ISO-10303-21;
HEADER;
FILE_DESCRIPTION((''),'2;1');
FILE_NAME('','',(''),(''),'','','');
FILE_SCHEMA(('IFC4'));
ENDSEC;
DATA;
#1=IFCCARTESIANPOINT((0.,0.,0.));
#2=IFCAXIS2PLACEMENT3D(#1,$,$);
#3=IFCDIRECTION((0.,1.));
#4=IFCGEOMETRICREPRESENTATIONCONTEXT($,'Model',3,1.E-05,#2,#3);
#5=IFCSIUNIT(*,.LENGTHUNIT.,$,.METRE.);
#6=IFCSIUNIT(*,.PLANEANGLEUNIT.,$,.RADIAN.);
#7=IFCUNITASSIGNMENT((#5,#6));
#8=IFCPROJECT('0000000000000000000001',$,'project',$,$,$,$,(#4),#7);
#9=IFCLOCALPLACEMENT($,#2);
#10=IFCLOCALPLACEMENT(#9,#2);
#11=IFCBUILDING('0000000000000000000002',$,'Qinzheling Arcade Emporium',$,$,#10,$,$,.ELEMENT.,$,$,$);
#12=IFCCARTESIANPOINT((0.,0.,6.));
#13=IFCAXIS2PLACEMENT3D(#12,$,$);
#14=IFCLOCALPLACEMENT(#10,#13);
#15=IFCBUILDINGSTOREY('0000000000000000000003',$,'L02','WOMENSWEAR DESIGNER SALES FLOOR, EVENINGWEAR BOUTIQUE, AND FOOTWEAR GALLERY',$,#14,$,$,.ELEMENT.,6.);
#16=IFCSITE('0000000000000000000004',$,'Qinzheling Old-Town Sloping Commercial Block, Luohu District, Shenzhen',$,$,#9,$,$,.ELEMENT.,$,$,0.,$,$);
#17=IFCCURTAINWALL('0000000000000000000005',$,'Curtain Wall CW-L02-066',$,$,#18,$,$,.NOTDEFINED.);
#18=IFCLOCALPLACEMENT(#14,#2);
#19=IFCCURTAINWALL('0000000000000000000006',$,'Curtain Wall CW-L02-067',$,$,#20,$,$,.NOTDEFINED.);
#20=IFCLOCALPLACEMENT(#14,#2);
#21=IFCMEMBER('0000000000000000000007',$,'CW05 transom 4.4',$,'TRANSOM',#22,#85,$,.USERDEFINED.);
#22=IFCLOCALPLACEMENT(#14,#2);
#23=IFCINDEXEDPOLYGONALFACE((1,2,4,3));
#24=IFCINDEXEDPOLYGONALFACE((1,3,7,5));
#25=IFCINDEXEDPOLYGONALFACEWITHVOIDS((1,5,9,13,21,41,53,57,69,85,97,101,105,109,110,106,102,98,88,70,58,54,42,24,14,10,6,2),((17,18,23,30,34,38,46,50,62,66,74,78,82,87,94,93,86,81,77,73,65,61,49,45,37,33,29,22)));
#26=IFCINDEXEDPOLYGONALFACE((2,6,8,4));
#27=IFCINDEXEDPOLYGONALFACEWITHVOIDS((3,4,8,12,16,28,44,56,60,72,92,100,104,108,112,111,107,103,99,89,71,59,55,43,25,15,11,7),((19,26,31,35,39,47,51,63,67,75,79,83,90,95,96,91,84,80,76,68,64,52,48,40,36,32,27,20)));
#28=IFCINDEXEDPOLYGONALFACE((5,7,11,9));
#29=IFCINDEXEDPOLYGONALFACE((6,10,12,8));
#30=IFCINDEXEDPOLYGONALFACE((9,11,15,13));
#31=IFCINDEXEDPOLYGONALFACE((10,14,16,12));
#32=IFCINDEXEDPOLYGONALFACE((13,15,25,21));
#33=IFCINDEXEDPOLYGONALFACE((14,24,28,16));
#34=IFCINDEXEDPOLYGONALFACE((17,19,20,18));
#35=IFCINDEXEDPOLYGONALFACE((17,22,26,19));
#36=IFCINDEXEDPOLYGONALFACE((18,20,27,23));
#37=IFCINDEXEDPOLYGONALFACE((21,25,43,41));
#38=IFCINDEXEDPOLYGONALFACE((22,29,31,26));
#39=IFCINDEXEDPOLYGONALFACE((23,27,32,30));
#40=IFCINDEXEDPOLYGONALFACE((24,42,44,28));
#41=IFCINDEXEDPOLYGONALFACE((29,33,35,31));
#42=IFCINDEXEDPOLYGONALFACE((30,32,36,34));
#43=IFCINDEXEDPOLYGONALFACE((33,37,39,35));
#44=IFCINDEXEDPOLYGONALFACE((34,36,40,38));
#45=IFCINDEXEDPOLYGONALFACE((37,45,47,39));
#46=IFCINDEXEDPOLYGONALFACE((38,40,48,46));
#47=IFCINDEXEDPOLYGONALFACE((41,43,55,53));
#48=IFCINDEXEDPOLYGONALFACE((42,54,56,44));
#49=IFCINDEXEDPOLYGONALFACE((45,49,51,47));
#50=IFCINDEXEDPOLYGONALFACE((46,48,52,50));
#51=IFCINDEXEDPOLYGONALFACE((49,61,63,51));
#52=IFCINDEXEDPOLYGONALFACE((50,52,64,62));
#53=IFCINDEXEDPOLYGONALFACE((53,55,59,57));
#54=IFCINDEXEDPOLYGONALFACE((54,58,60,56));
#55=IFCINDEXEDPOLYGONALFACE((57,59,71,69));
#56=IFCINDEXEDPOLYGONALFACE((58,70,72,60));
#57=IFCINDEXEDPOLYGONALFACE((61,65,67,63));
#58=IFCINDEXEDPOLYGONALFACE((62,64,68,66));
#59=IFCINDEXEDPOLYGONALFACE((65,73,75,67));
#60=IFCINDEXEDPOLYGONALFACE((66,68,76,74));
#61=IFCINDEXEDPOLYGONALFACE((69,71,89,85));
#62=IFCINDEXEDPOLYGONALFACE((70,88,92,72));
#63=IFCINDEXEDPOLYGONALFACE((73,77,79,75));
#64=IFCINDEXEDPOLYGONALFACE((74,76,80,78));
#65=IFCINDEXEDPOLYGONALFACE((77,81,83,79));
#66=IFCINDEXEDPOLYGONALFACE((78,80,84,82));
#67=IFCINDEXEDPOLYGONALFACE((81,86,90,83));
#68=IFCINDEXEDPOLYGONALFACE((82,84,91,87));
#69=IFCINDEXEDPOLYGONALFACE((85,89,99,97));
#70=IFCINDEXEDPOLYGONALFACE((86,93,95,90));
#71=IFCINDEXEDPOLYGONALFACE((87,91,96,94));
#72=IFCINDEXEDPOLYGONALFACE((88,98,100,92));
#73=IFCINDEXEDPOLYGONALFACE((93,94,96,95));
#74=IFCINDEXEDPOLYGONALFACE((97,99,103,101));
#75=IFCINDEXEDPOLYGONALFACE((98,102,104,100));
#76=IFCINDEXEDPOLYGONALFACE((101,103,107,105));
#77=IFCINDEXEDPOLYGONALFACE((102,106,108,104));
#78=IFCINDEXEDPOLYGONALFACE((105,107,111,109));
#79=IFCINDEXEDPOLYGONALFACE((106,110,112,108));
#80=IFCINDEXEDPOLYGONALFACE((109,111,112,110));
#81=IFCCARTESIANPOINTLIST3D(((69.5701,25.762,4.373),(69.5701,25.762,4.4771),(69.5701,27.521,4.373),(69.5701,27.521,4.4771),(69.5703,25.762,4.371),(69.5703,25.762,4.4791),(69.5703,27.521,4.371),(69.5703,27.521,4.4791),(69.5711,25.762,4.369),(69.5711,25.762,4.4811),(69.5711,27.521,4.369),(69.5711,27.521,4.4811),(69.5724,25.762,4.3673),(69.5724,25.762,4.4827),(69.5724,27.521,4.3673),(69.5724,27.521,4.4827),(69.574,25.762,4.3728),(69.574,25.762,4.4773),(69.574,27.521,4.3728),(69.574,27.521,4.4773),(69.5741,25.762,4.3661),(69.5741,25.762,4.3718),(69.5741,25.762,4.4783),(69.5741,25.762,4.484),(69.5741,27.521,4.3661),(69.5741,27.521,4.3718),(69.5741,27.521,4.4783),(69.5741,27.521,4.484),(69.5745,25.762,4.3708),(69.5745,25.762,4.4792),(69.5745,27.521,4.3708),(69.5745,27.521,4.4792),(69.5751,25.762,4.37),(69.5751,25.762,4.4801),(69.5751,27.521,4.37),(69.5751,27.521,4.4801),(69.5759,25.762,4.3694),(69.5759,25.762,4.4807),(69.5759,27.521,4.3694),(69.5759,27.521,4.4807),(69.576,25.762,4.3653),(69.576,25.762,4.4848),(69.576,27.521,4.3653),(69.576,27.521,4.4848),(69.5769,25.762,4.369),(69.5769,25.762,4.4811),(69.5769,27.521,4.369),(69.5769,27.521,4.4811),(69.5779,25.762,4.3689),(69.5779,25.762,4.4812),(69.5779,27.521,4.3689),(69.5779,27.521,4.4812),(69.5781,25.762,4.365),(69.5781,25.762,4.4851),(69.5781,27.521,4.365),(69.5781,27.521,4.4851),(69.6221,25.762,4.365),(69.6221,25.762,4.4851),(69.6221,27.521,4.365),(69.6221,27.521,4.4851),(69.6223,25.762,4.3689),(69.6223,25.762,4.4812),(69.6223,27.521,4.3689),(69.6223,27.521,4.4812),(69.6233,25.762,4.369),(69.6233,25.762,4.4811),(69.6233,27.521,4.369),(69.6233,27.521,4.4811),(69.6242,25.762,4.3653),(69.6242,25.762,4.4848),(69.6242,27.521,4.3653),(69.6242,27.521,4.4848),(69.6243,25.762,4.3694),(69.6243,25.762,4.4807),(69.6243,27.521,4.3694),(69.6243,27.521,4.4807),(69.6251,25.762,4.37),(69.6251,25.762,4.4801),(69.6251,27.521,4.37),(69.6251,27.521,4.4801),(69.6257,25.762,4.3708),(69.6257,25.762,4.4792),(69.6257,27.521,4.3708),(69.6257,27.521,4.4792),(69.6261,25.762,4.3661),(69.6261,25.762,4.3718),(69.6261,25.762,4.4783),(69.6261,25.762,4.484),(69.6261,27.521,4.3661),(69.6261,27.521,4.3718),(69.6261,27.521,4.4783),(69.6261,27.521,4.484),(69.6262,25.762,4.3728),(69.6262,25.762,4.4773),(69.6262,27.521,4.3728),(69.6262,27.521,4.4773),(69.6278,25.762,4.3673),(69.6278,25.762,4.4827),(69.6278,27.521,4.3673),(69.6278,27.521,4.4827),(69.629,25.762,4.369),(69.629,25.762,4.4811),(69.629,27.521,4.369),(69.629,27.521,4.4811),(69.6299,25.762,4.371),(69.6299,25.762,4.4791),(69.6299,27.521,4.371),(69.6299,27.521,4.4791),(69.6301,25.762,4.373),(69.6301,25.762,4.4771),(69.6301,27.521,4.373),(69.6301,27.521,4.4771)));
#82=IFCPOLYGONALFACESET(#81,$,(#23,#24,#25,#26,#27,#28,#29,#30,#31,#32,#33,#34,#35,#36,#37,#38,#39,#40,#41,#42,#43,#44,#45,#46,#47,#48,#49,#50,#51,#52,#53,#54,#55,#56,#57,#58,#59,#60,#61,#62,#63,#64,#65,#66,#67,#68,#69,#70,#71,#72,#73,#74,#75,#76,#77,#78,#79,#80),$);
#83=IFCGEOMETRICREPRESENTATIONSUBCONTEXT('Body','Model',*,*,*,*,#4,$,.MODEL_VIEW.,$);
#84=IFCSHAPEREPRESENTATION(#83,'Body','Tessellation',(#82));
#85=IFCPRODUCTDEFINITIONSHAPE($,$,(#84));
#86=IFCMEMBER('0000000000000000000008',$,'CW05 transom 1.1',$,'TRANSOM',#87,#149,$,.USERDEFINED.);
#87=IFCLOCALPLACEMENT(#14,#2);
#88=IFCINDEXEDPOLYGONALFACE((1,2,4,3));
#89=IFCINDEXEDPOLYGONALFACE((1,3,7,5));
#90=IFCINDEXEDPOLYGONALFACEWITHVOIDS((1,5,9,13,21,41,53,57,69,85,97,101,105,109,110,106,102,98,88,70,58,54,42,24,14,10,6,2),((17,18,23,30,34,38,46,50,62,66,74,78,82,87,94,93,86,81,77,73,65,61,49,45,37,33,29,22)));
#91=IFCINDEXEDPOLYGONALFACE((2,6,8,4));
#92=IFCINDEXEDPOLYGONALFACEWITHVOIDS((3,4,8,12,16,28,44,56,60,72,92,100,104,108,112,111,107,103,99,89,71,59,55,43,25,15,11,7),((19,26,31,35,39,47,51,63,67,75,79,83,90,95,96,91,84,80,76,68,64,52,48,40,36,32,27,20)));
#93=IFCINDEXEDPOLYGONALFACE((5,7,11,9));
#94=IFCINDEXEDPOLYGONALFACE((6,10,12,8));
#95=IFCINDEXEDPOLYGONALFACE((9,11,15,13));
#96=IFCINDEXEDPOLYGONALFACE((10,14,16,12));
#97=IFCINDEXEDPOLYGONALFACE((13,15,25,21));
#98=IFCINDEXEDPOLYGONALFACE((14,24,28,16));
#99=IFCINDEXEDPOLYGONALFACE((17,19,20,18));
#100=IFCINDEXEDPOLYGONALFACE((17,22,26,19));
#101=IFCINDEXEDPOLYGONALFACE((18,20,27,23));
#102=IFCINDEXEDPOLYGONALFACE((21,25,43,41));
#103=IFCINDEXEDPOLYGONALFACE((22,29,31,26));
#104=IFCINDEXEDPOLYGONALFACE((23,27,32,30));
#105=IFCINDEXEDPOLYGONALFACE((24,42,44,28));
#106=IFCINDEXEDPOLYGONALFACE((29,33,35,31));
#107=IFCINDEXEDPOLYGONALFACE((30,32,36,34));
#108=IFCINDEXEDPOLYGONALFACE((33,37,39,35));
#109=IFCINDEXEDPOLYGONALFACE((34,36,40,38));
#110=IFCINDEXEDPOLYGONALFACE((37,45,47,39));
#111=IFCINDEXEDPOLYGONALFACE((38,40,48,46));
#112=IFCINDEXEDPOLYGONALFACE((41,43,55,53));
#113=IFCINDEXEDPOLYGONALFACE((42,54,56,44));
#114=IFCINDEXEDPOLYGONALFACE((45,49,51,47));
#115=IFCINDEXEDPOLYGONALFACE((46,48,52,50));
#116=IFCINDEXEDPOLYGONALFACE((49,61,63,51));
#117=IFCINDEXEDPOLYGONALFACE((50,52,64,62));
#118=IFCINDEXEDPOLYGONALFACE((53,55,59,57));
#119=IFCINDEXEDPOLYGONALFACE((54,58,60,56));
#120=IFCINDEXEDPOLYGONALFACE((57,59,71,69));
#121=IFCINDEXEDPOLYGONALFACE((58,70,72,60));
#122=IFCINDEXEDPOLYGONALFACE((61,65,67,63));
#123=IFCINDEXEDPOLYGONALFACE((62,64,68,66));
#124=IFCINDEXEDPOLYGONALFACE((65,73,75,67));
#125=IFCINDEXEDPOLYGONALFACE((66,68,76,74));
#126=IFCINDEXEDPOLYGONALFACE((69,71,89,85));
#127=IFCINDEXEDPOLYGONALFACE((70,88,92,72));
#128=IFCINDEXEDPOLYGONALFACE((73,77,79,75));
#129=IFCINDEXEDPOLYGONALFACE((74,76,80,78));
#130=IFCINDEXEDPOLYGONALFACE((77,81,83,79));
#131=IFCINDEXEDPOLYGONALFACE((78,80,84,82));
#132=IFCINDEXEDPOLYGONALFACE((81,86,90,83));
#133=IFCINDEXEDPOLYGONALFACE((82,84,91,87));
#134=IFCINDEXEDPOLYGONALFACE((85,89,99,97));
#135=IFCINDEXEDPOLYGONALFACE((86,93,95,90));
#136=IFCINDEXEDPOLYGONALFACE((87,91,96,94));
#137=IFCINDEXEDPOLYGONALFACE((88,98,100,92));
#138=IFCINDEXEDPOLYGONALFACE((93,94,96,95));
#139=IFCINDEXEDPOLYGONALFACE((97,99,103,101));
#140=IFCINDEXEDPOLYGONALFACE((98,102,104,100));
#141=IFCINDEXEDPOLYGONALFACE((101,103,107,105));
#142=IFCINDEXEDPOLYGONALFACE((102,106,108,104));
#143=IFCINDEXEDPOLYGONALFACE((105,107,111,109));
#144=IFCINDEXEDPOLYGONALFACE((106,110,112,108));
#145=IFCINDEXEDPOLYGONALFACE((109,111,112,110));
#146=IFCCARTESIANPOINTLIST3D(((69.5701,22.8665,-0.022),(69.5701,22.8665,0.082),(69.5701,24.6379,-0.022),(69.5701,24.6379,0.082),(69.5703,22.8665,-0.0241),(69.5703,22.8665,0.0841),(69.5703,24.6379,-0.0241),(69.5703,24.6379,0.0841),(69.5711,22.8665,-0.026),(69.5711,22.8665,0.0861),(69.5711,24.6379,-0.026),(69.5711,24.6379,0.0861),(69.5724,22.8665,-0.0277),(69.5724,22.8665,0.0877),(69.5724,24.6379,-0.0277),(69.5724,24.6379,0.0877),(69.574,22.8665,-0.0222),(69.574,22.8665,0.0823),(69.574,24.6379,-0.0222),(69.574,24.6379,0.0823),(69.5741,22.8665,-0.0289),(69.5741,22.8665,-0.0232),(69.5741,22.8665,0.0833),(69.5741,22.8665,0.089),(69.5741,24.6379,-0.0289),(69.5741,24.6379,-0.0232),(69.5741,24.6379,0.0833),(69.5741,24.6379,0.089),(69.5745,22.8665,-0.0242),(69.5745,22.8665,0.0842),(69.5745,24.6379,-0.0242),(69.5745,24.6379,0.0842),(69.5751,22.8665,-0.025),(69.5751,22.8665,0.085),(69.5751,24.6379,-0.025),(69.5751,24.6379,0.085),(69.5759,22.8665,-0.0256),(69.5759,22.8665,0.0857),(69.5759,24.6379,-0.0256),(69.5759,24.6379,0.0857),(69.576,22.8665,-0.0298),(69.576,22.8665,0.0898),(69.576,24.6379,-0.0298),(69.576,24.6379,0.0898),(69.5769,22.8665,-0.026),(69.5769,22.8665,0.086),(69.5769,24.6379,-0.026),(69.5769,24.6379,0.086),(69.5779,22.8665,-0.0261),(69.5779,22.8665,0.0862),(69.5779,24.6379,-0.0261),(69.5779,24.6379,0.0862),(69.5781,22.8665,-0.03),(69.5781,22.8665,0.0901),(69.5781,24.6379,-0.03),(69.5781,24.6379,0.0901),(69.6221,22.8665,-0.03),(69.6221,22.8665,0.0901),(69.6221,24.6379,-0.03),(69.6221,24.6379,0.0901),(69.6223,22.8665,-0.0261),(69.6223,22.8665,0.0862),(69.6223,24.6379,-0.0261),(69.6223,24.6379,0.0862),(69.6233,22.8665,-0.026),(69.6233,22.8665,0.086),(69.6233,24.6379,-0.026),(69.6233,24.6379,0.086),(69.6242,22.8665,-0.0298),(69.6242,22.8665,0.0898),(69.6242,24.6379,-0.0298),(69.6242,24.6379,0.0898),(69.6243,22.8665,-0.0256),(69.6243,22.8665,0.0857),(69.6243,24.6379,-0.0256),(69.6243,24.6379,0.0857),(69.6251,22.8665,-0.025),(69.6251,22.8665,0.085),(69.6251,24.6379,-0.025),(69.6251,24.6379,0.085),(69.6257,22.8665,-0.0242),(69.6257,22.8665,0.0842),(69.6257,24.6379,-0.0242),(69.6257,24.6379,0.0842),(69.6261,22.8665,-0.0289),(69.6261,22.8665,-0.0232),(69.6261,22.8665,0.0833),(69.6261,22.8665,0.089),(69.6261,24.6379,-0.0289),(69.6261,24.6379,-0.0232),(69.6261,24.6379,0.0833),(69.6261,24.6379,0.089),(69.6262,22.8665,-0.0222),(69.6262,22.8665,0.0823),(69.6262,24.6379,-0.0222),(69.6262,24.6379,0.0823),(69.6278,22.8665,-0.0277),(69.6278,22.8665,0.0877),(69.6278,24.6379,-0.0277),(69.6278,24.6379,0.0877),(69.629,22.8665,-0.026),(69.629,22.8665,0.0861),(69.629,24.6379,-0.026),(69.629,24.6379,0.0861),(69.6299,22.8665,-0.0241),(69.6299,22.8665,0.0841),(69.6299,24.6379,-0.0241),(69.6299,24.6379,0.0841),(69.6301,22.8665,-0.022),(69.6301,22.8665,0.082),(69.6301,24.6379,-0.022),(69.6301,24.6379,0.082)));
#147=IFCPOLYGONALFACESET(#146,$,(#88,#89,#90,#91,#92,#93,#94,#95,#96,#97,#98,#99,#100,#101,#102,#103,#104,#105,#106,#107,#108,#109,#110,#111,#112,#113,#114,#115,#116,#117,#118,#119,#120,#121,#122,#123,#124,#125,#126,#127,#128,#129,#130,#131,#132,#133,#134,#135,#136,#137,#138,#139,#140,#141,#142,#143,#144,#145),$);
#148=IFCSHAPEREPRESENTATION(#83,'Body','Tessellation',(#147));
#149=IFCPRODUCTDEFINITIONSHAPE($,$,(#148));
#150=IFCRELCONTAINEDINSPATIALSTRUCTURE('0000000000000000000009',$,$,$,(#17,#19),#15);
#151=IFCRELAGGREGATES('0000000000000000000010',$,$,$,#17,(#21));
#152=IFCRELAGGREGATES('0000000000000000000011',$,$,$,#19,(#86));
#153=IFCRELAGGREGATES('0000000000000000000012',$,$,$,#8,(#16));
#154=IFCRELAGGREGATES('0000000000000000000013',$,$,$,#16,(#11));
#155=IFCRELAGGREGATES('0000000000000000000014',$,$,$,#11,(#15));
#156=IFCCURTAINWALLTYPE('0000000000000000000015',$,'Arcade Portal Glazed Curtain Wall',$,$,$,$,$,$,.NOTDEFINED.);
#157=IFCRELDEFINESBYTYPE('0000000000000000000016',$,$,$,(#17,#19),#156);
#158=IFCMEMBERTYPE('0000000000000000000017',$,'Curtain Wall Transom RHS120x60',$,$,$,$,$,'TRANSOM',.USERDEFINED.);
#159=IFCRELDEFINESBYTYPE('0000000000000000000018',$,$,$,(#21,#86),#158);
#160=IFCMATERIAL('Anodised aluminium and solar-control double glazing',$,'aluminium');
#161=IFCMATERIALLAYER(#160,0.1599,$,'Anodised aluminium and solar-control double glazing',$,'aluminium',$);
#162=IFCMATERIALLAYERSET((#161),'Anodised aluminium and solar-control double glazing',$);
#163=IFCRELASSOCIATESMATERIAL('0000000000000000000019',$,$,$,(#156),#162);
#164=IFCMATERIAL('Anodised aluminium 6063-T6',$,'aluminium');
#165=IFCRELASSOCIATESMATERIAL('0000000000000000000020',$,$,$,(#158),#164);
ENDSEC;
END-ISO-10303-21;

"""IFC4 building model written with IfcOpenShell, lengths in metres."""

from ifc_helpers import new_model, si_unit, direction, frame, origin, origin_2d, place, context, subcontext, project, spatial, hollow_rectangle, extrude, material, layer, layer_set, material_profile, profile_set, type_object, element, aggregate, save


model = new_model("IFC4")

# Units and contexts
model_context = context("Model", 3, precision=1e-05, world=origin(), true_north=direction((0.0, 1.0)))
body_context = subcontext(model_context, "Body", "Model", "MODEL_VIEW")
ifc_project = project(units=[si_unit("LENGTHUNIT", "METRE"), si_unit("PLANEANGLEUNIT", "RADIAN")], contexts=[model_context])

# Site, building, storey
site_placement = place(None, origin())
site = spatial("IfcSite", under=ifc_project, at=site_placement, Name="Qinzheling Old-Town Sloping Commercial Block, Luohu District, Shenzhen", CompositionType="ELEMENT", RefElevation=0.0)
building_placement = place(site_placement, origin())
building = spatial("IfcBuilding", under=site, at=building_placement, Name="Qinzheling Arcade Emporium", CompositionType="ELEMENT")
storey_placement = place(building_placement, frame((0.0, 0.0, 6.0)))
storey = spatial("IfcBuildingStorey", under=building, at=storey_placement, Name="L02", Description="WOMENSWEAR DESIGNER SALES FLOOR, EVENINGWEAR BOUTIQUE, AND FOOTWEAR GALLERY", CompositionType="ELEMENT", Elevation=6.0)

# Curtain wall
ifc_material_1 = material(Name="Anodised aluminium and solar-control double glazing", Category="aluminium")
ifc_layer_1 = layer(ifc_material_1, 0.1599, Name="Anodised aluminium and solar-control double glazing", Category="aluminium")
ifc_layer_set_1 = layer_set([ifc_layer_1], Name="Anodised aluminium and solar-control double glazing")
curtain_wall_type = type_object("IfcCurtainWallType", Name="Arcade Portal Glazed Curtain Wall", PredefinedType="NOTDEFINED", material=ifc_layer_set_1)
curtain_wall_1_placement = place(storey_placement, origin())
curtain_wall_1 = element("IfcCurtainWall", 1, at=curtain_wall_1_placement, inside=storey, type_object=curtain_wall_type, Name="Curtain Wall CW-L02-066", PredefinedType="NOTDEFINED")
ifc_material_2 = material(Name="Anodised aluminium 6063-T6", Category="aluminium")

# Curtain wall
curtain_wall_2_placement = place(storey_placement, origin())
curtain_wall_2 = element("IfcCurtainWall", 2, at=curtain_wall_2_placement, inside=storey, type_object=curtain_wall_type, Name="Curtain Wall CW-L02-067", PredefinedType="NOTDEFINED")

# Members
ifc_material_profile_1 = material_profile(ifc_material_2, hollow_rectangle(XDim=0.0601, YDim=0.1201, WallThickness=0.0039, InnerFilletRadius=0.0039, OuterFilletRadius=0.0081, at=origin_2d()), Name="RHS 120x60x4", Category="aluminium")
ifc_profile_set_1 = profile_set([ifc_material_profile_1], Name="Anodised aluminium 6063-T6")
member_type_1 = type_object("IfcMemberType", Name="Curtain Wall Transom RHS120x60", ElementType="TRANSOM", PredefinedType="USERDEFINED", material=ifc_profile_set_1)
member_1_placement = place(storey_placement, frame((69.6001, 27.521, 4.425), z_axis=(0.0, -1.0, 0.0), x_axis=(1.0, 0.0, 0.0)))
member_1 = element("IfcMember", 3, at=member_1_placement, type_object=member_type_1, Name="CW05 transom 4.4", ObjectType="TRANSOM", PredefinedType="USERDEFINED", context=body_context, shape_type="SweptSolid", body=[
    extrude(hollow_rectangle(XDim=0.0601, YDim=0.1201, WallThickness=0.0039, InnerFilletRadius=0.0039, OuterFilletRadius=0.0081, at=origin_2d()), origin(), (0.0, 0.0, 1.0), 1.759),
])
member_2_placement = place(storey_placement, frame((69.6001, 24.6379, 0.03), z_axis=(0.0, -1.0, 0.0), x_axis=(1.0, 0.0, 0.0)))
member_2 = element("IfcMember", 4, at=member_2_placement, type_object=member_type_1, Name="CW05 transom 1.1", ObjectType="TRANSOM", PredefinedType="USERDEFINED", context=body_context, shape_type="SweptSolid", body=[
    extrude(hollow_rectangle(XDim=0.0601, YDim=0.1201, WallThickness=0.0039, InnerFilletRadius=0.0039, OuterFilletRadius=0.0081, at=origin_2d()), origin(), (0.0, 0.0, 1.0), 1.7715),
])

aggregate(curtain_wall_1, [member_1])
aggregate(curtain_wall_2, [member_2])

save(model, "model.ifc")
